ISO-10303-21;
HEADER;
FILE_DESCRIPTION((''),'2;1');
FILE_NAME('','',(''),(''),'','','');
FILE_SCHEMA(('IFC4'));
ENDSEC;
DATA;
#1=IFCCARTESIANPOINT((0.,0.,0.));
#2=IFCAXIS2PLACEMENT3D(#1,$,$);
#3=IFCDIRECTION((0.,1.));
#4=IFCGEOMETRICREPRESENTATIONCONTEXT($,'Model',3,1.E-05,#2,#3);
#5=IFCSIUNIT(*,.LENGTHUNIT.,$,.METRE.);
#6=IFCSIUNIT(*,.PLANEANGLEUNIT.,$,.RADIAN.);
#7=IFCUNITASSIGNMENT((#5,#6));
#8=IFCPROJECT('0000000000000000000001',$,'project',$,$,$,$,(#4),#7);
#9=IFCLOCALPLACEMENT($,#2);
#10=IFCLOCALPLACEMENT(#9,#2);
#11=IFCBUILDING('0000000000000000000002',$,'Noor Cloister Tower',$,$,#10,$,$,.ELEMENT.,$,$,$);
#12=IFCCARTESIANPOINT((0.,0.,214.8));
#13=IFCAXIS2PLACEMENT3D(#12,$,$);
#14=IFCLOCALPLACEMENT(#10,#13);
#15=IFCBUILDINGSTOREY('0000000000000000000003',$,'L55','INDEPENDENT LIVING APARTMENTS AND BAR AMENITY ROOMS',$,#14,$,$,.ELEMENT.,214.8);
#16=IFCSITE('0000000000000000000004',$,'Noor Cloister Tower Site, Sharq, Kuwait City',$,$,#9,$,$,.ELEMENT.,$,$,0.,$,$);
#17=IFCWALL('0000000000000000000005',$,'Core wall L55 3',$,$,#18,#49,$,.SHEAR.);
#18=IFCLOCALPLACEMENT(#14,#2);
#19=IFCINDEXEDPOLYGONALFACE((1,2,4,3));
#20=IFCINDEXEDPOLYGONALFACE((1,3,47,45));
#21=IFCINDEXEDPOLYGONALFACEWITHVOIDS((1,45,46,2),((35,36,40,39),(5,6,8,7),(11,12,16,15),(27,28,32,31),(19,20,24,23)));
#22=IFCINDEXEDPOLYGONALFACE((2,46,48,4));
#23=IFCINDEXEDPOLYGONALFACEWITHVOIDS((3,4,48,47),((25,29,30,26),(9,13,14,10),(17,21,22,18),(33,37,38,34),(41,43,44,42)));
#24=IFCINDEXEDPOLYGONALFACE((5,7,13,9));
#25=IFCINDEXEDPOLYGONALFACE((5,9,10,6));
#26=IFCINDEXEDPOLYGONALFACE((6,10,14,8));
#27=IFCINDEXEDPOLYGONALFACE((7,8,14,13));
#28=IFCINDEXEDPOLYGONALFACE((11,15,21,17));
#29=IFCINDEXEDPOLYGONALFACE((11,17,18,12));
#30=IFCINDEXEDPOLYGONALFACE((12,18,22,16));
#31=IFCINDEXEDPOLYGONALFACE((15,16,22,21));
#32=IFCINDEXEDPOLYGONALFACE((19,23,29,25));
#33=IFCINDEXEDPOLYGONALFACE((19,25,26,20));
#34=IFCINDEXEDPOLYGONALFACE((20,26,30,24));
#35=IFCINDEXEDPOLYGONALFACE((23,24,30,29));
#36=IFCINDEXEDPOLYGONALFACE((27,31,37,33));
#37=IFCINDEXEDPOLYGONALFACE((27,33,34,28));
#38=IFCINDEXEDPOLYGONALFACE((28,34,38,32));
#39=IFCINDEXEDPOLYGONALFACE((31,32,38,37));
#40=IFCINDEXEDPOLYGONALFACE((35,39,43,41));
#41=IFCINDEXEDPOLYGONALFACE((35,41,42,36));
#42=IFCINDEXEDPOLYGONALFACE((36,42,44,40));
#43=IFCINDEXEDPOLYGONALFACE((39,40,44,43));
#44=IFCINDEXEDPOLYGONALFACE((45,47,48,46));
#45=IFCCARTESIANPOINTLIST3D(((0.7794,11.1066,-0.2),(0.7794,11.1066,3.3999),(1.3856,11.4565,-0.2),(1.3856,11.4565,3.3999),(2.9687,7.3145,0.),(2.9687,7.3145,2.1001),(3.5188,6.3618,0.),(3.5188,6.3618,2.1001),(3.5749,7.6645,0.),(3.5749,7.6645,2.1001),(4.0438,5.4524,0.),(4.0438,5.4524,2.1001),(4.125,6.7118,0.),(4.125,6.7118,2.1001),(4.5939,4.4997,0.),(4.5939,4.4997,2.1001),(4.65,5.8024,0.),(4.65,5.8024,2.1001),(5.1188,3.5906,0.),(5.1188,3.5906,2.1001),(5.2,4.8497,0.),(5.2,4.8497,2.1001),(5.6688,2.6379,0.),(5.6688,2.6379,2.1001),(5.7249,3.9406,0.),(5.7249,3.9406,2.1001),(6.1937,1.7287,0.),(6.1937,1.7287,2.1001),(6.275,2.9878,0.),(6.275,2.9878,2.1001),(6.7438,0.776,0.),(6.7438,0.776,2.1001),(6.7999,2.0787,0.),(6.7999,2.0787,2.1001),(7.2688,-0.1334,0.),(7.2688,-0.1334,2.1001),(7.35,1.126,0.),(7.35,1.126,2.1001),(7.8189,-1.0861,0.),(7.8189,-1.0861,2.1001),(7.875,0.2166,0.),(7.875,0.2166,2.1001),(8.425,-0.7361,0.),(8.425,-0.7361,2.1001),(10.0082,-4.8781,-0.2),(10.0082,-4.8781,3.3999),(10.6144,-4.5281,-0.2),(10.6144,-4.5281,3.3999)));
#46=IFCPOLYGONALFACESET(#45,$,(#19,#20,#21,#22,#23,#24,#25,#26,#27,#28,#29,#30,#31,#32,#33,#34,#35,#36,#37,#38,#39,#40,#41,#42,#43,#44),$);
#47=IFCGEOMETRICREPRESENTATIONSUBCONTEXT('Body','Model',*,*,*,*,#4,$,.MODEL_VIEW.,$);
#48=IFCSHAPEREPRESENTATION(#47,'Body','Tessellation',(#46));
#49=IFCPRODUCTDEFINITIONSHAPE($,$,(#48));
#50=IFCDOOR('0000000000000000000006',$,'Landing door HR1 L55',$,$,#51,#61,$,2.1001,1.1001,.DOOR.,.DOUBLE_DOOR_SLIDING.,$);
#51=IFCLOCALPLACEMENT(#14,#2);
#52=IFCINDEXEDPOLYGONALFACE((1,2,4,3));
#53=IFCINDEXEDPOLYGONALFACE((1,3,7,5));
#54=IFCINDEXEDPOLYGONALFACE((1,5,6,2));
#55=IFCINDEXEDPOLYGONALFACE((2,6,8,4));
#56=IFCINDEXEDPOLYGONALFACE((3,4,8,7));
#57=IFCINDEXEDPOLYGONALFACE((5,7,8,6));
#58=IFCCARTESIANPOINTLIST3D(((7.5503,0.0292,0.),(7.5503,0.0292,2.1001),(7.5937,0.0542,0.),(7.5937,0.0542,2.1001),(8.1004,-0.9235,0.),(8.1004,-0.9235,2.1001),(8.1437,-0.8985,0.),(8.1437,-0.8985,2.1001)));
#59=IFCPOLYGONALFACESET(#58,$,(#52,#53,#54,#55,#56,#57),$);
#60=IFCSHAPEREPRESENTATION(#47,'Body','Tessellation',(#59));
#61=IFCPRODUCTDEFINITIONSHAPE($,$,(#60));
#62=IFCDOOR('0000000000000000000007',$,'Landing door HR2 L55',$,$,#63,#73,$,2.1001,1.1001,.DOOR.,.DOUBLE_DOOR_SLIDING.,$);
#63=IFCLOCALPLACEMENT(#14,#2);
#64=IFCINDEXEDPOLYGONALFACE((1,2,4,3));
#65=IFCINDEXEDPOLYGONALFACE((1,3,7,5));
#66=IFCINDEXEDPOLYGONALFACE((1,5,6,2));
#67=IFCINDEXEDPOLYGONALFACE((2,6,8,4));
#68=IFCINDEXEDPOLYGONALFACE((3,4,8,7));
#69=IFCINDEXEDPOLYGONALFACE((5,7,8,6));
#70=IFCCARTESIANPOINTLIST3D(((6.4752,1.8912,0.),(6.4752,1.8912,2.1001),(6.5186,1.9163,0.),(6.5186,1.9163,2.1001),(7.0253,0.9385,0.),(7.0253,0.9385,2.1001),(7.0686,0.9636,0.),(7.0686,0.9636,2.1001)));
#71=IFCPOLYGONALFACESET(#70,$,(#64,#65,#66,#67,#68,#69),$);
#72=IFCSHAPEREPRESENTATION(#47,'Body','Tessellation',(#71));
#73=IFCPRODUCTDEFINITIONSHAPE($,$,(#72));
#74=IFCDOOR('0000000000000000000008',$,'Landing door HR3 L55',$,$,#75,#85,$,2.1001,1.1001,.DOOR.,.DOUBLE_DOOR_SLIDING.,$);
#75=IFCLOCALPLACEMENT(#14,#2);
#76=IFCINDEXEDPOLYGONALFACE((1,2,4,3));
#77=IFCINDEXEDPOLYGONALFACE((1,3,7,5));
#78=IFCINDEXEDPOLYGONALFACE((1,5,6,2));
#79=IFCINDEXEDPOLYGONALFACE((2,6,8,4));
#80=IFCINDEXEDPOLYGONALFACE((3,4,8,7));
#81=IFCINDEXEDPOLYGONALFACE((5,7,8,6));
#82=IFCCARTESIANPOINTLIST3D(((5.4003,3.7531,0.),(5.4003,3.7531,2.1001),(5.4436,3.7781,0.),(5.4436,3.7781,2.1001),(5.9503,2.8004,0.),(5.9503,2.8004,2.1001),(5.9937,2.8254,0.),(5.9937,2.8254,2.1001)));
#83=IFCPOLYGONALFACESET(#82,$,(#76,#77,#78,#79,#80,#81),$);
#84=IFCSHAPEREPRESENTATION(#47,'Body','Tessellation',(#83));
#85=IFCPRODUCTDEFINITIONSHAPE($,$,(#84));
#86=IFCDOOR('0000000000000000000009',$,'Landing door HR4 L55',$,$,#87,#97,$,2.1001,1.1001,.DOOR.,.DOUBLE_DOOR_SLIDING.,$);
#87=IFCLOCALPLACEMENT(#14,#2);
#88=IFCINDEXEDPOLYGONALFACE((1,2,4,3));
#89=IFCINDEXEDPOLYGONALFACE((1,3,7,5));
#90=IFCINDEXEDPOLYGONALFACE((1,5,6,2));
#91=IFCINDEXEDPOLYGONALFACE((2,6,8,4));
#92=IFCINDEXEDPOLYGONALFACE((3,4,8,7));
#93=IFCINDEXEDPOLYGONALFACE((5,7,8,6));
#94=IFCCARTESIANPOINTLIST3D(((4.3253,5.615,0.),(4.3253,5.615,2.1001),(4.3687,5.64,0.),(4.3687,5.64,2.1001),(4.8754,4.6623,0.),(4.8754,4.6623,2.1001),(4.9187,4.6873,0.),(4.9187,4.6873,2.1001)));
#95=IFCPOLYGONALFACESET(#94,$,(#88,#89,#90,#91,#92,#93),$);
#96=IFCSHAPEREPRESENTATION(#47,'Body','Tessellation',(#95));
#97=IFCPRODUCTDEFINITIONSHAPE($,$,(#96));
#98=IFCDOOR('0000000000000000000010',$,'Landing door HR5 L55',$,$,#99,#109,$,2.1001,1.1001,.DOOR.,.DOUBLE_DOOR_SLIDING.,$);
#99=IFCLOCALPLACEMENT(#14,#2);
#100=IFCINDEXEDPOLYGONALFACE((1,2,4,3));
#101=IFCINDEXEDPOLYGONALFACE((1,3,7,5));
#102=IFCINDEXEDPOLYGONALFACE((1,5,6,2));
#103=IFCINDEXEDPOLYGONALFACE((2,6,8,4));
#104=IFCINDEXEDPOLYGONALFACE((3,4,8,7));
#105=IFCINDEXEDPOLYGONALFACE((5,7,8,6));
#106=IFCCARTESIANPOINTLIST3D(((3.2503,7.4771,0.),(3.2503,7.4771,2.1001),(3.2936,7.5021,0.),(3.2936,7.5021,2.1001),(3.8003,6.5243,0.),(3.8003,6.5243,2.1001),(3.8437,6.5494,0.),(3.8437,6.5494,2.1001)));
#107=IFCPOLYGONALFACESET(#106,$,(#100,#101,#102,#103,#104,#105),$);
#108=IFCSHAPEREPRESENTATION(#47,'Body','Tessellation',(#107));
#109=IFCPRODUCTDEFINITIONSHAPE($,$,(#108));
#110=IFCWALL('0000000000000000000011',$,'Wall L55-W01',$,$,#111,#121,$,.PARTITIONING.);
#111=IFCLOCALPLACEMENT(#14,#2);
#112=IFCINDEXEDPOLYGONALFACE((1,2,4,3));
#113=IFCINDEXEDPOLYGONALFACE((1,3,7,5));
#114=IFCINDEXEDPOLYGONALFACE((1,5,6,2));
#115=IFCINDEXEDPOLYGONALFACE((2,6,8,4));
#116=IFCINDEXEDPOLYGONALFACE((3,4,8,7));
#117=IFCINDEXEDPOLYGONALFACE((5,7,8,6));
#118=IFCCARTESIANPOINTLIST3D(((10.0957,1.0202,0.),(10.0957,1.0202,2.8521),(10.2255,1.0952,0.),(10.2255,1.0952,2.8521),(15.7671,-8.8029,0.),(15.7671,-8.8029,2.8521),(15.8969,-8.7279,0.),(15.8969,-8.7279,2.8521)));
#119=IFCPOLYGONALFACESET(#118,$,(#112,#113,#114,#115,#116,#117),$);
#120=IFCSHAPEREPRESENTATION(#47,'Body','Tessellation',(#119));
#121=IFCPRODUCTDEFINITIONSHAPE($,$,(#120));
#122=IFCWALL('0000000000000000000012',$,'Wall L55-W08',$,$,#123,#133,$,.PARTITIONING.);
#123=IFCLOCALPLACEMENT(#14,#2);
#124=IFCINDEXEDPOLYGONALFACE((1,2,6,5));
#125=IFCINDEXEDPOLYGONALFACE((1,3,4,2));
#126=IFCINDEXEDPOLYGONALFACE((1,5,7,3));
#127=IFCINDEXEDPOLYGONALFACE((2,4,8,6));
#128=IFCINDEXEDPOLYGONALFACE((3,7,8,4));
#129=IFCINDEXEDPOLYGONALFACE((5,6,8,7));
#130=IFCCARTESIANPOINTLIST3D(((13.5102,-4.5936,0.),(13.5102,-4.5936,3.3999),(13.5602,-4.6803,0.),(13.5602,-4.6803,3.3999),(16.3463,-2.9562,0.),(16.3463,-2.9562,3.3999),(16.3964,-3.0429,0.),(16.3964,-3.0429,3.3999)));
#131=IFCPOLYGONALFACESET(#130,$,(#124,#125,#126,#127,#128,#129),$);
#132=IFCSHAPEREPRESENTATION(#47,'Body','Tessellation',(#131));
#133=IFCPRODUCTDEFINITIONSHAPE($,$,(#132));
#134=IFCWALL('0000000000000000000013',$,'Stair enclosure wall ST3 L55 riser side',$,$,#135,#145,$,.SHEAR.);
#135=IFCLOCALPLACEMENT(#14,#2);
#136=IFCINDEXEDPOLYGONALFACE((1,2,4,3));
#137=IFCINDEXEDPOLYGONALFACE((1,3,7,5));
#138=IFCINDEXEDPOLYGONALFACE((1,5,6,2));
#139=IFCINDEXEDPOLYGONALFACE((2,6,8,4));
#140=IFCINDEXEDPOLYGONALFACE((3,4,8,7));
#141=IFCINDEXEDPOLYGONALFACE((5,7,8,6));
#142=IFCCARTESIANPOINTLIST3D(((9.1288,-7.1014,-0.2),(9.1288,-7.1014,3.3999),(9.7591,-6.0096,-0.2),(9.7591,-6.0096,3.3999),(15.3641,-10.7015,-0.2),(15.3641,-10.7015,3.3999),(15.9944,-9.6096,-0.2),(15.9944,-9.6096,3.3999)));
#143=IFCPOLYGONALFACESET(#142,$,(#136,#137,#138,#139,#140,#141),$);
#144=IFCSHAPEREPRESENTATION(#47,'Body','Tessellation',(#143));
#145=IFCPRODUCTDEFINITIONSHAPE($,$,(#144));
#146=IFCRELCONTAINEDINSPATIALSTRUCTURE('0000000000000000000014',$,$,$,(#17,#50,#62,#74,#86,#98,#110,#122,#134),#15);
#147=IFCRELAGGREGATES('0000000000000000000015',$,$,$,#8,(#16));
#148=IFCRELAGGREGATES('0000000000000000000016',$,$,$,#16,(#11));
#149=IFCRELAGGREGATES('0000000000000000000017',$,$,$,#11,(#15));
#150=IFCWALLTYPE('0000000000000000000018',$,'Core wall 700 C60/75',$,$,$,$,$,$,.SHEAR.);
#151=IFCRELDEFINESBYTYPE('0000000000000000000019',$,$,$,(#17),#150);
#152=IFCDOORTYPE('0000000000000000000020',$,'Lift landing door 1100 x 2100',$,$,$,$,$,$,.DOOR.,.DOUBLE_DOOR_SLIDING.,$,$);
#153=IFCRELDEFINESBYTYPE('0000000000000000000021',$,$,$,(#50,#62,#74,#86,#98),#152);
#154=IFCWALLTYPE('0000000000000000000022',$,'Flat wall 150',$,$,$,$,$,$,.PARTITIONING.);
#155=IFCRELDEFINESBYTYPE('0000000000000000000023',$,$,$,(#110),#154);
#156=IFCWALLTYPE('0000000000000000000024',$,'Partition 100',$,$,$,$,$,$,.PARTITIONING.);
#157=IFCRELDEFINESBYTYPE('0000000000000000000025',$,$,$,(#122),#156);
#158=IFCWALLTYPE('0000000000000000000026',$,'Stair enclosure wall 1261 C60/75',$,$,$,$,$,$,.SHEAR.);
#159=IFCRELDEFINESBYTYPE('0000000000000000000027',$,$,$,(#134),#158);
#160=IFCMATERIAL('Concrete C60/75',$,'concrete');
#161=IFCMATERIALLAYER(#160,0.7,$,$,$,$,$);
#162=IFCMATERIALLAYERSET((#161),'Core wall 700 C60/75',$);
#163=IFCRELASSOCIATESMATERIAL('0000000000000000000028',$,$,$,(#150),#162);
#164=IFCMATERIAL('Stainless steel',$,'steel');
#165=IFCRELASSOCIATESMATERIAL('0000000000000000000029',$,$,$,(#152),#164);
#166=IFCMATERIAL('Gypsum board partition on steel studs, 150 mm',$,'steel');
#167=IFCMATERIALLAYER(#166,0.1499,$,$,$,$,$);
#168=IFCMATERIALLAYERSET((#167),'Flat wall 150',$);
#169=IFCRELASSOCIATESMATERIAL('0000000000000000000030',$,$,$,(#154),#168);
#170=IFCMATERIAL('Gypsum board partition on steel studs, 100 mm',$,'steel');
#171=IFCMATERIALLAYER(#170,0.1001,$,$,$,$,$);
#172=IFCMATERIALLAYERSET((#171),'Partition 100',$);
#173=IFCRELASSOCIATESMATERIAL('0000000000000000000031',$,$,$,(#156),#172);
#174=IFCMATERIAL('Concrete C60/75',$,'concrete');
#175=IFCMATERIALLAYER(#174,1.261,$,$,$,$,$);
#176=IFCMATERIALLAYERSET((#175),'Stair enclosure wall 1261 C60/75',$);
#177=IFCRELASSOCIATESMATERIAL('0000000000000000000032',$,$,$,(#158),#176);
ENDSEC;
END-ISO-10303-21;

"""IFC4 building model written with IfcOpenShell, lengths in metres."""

from ifc_helpers import new_model, si_unit, direction, frame, frame_2d, origin, place, context, subcontext, project, spatial, rectangle, extrude, material, layer, layer_set, type_object, element, fill, save


model = new_model("IFC4")

# Units and contexts
model_context = context("Model", 3, precision=1e-05, world=origin(), true_north=direction((0.0, 1.0)))
body_context = subcontext(model_context, "Body", "Model", "MODEL_VIEW")
ifc_project = project(units=[si_unit("LENGTHUNIT", "METRE"), si_unit("PLANEANGLEUNIT", "RADIAN")], contexts=[model_context])

# Site, building, storey
site_placement = place(None, origin())
site = spatial("IfcSite", under=ifc_project, at=site_placement, Name="Noor Cloister Tower Site, Sharq, Kuwait City", CompositionType="ELEMENT", RefElevation=0.0)
building_placement = place(site_placement, origin())
building = spatial("IfcBuilding", under=site, at=building_placement, Name="Noor Cloister Tower", CompositionType="ELEMENT")
storey_placement = place(building_placement, frame((0.0, 0.0, 214.8)))
storey = spatial("IfcBuildingStorey", under=building, at=storey_placement, Name="L55", Description="INDEPENDENT LIVING APARTMENTS AND BAR AMENITY ROOMS", CompositionType="ELEMENT", Elevation=214.8)

# Wall, openings, doors
ifc_material_1 = material(Name="Concrete C60/75", Category="concrete")
ifc_layer_1 = layer(ifc_material_1, 0.7)
ifc_layer_set_1 = layer_set([ifc_layer_1], Name="Core wall 700 C60/75")
wall_type_1 = type_object("IfcWallType", Name="Core wall 700 C60/75", PredefinedType="SHEAR", material=ifc_layer_set_1)
wall_1_placement = place(storey_placement, frame((10.3113, -4.7031, -0.2), z_axis=(0.0, 0.0, 1.0), x_axis=(-0.500001, 0.866025, 0.0)))
wall_1 = element("IfcWall", 1, at=wall_1_placement, inside=storey, type_object=wall_type_1, Name="Core wall L55 3", PredefinedType="SHEAR", context=body_context, shape_type="SweptSolid", body=[
    extrude(rectangle(XDim=18.4575, YDim=0.7, at=frame_2d((9.2288, 0.0))), origin(), (0.0, 0.0, 1.0), 3.5999),
])
opening_1_placement = place(wall_1_placement, frame((4.3787, 0.0, 0.2)))
opening_1 = element("IfcOpeningElement", 2, at=opening_1_placement, cuts=wall_1, PredefinedType="OPENING", context=body_context, shape_type="SweptSolid", body=[
    extrude(rectangle(XDim=1.1001, YDim=2.1001, at=frame_2d((0.55, 1.05))), frame((0.0, 0.3599, 0.0), z_axis=(0.0, -1.0, 0.0), x_axis=(1.0, 0.0, 0.0)), (0.0, 0.0, 1.0), 0.72),
])
opening_2_placement = place(wall_1_placement, frame((6.5288, 0.0, 0.2)))
opening_2 = element("IfcOpeningElement", 3, at=opening_2_placement, cuts=wall_1, PredefinedType="OPENING", context=body_context, shape_type="SweptSolid", body=[
    extrude(rectangle(XDim=1.1001, YDim=2.1001, at=frame_2d((0.55, 1.05))), frame((0.0, 0.3599, 0.0), z_axis=(0.0, -1.0, 0.0), x_axis=(1.0, 0.0, 0.0)), (0.0, 0.0, 1.0), 0.72),
])
opening_3_placement = place(wall_1_placement, frame((8.6787, 0.0, 0.2)))
opening_3 = element("IfcOpeningElement", 4, at=opening_3_placement, cuts=wall_1, PredefinedType="OPENING", context=body_context, shape_type="SweptSolid", body=[
    extrude(rectangle(XDim=1.1001, YDim=2.1001, at=frame_2d((0.55, 1.05))), frame((0.0, 0.3599, 0.0), z_axis=(0.0, -1.0, 0.0), x_axis=(1.0, 0.0, 0.0)), (0.0, 0.0, 1.0), 0.72),
])
opening_4_placement = place(wall_1_placement, frame((10.8286, 0.0, 0.2)))
opening_4 = element("IfcOpeningElement", 5, at=opening_4_placement, cuts=wall_1, PredefinedType="OPENING", context=body_context, shape_type="SweptSolid", body=[
    extrude(rectangle(XDim=1.1001, YDim=2.1001, at=frame_2d((0.55, 1.05))), frame((0.0, 0.3599, 0.0), z_axis=(0.0, -1.0, 0.0), x_axis=(1.0, 0.0, 0.0)), (0.0, 0.0, 1.0), 0.72),
])
opening_5_placement = place(wall_1_placement, frame((12.9788, 0.0, 0.2)))
opening_5 = element("IfcOpeningElement", 6, at=opening_5_placement, cuts=wall_1, PredefinedType="OPENING", context=body_context, shape_type="SweptSolid", body=[
    extrude(rectangle(XDim=1.1001, YDim=2.1001, at=frame_2d((0.55, 1.05))), frame((0.0, 0.3599, 0.0), z_axis=(0.0, -1.0, 0.0), x_axis=(1.0, 0.0, 0.0)), (0.0, 0.0, 1.0), 0.72),
])
ifc_material_2 = material(Name="Stainless steel", Category="steel")
door_type = type_object("IfcDoorType", Name="Lift landing door 1100 x 2100", OperationType="DOUBLE_DOOR_SLIDING", PredefinedType="DOOR", material=ifc_material_2)
door_1_placement = place(opening_1_placement, origin())
door_1 = element("IfcDoor", 7, at=door_1_placement, inside=storey, type_object=door_type, Name="Landing door HR1 L55", OperationType="DOUBLE_DOOR_SLIDING", OverallHeight=2.1001, OverallWidth=1.1001, PredefinedType="DOOR", context=body_context, shape_type="SweptSolid", body=[
    extrude(rectangle(XDim=1.1001, YDim=2.1001, at=frame_2d((0.55, 1.05))), frame((0.0, 0.0249, 0.0), z_axis=(0.0, -1.0, 0.0), x_axis=(1.0, 0.0, 0.0)), (0.0, 0.0, 1.0), 0.05),
])
fill(opening_1, door_1)
door_2_placement = place(opening_2_placement, origin())
door_2 = element("IfcDoor", 8, at=door_2_placement, inside=storey, type_object=door_type, Name="Landing door HR2 L55", OperationType="DOUBLE_DOOR_SLIDING", OverallHeight=2.1001, OverallWidth=1.1001, PredefinedType="DOOR", context=body_context, shape_type="SweptSolid", body=[
    extrude(rectangle(XDim=1.1001, YDim=2.1001, at=frame_2d((0.55, 1.05))), frame((0.0, 0.0249, 0.0), z_axis=(0.0, -1.0, 0.0), x_axis=(1.0, 0.0, 0.0)), (0.0, 0.0, 1.0), 0.05),
])
fill(opening_2, door_2)
door_3_placement = place(opening_3_placement, origin())
door_3 = element("IfcDoor", 9, at=door_3_placement, inside=storey, type_object=door_type, Name="Landing door HR3 L55", OperationType="DOUBLE_DOOR_SLIDING", OverallHeight=2.1001, OverallWidth=1.1001, PredefinedType="DOOR", context=body_context, shape_type="SweptSolid", body=[
    extrude(rectangle(XDim=1.1001, YDim=2.1001, at=frame_2d((0.55, 1.05))), frame((0.0, 0.0249, 0.0), z_axis=(0.0, -1.0, 0.0), x_axis=(1.0, 0.0, 0.0)), (0.0, 0.0, 1.0), 0.05),
])
fill(opening_3, door_3)
door_4_placement = place(opening_4_placement, origin())
door_4 = element("IfcDoor", 10, at=door_4_placement, inside=storey, type_object=door_type, Name="Landing door HR4 L55", OperationType="DOUBLE_DOOR_SLIDING", OverallHeight=2.1001, OverallWidth=1.1001, PredefinedType="DOOR", context=body_context, shape_type="SweptSolid", body=[
    extrude(rectangle(XDim=1.1001, YDim=2.1001, at=frame_2d((0.55, 1.05))), frame((0.0, 0.0249, 0.0), z_axis=(0.0, -1.0, 0.0), x_axis=(1.0, 0.0, 0.0)), (0.0, 0.0, 1.0), 0.05),
])
fill(opening_4, door_4)
door_5_placement = place(opening_5_placement, origin())
door_5 = element("IfcDoor", 11, at=door_5_placement, inside=storey, type_object=door_type, Name="Landing door HR5 L55", OperationType="DOUBLE_DOOR_SLIDING", OverallHeight=2.1001, OverallWidth=1.1001, PredefinedType="DOOR", context=body_context, shape_type="SweptSolid", body=[
    extrude(rectangle(XDim=1.1001, YDim=2.1001, at=frame_2d((0.55, 1.05))), frame((0.0, 0.0249, 0.0), z_axis=(0.0, -1.0, 0.0), x_axis=(1.0, 0.0, 0.0)), (0.0, 0.0, 1.0), 0.05),
])
fill(opening_5, door_5)

# Walls
ifc_material_3 = material(Name="Gypsum board partition on steel studs, 150 mm", Category="steel")
ifc_layer_2 = layer(ifc_material_3, 0.1499)
ifc_layer_set_2 = layer_set([ifc_layer_2], Name="Flat wall 150")
wall_type_2 = type_object("IfcWallType", Name="Flat wall 150", PredefinedType="PARTITIONING", material=ifc_layer_set_2)
wall_2_placement = place(storey_placement, frame((15.832, -8.7654, 0.0), z_axis=(0.0, 0.0, 1.0), x_axis=(-0.500005, 0.866022, 0.0)))
element("IfcWall", 12, at=wall_2_placement, inside=storey, type_object=wall_type_2, Name="Wall L55-W01", PredefinedType="PARTITIONING", context=body_context, shape_type="SweptSolid", body=[
    extrude(rectangle(XDim=11.3428, YDim=0.1499, at=frame_2d((5.6714, 0.0))), origin(), (0.0, 0.0, 1.0), 2.8521),
])
ifc_material_4 = material(Name="Gypsum board partition on steel studs, 100 mm", Category="steel")
ifc_layer_3 = layer(ifc_material_4, 0.1001)
ifc_layer_set_3 = layer_set([ifc_layer_3], Name="Partition 100")
wall_type_3 = type_object("IfcWallType", Name="Partition 100", PredefinedType="PARTITIONING", material=ifc_layer_set_3)
wall_3_placement = place(storey_placement, frame((16.3713, -2.9995, 0.0), z_axis=(0.0, 0.0, 1.0), x_axis=(-0.866028, -0.499996, 0.0)))
element("IfcWall", 13, at=wall_3_placement, inside=storey, type_object=wall_type_3, Name="Wall L55-W08", PredefinedType="PARTITIONING", context=body_context, shape_type="SweptSolid", body=[
    extrude(rectangle(XDim=3.2749, YDim=0.1001, at=frame_2d((1.6375, 0.0))), origin(), (0.0, 0.0, 1.0), 3.3999),
])
ifc_material_5 = material(Name="Concrete C60/75", Category="concrete")
ifc_layer_4 = layer(ifc_material_5, 1.261)
ifc_layer_set_4 = layer_set([ifc_layer_4], Name="Stair enclosure wall 1261 C60/75")
wall_type_4 = type_object("IfcWallType", Name="Stair enclosure wall 1261 C60/75", PredefinedType="SHEAR", material=ifc_layer_set_4)
wall_4_placement = place(storey_placement, frame((9.4438, -6.5554, -0.2), z_axis=(0.0, 0.0, 1.0), x_axis=(0.866018, -0.500012, 0.0)))
element("IfcWall", 14, at=wall_4_placement, inside=storey, type_object=wall_type_4, Name="Stair enclosure wall ST3 L55 riser side", PredefinedType="SHEAR", context=body_context, shape_type="SweptSolid", body=[
    extrude(rectangle(XDim=7.2, YDim=1.2607, at=frame_2d((3.6001, 0.0))), origin(), (0.0, 0.0, 1.0), 3.5999),
])

save(model, "model.ifc")
